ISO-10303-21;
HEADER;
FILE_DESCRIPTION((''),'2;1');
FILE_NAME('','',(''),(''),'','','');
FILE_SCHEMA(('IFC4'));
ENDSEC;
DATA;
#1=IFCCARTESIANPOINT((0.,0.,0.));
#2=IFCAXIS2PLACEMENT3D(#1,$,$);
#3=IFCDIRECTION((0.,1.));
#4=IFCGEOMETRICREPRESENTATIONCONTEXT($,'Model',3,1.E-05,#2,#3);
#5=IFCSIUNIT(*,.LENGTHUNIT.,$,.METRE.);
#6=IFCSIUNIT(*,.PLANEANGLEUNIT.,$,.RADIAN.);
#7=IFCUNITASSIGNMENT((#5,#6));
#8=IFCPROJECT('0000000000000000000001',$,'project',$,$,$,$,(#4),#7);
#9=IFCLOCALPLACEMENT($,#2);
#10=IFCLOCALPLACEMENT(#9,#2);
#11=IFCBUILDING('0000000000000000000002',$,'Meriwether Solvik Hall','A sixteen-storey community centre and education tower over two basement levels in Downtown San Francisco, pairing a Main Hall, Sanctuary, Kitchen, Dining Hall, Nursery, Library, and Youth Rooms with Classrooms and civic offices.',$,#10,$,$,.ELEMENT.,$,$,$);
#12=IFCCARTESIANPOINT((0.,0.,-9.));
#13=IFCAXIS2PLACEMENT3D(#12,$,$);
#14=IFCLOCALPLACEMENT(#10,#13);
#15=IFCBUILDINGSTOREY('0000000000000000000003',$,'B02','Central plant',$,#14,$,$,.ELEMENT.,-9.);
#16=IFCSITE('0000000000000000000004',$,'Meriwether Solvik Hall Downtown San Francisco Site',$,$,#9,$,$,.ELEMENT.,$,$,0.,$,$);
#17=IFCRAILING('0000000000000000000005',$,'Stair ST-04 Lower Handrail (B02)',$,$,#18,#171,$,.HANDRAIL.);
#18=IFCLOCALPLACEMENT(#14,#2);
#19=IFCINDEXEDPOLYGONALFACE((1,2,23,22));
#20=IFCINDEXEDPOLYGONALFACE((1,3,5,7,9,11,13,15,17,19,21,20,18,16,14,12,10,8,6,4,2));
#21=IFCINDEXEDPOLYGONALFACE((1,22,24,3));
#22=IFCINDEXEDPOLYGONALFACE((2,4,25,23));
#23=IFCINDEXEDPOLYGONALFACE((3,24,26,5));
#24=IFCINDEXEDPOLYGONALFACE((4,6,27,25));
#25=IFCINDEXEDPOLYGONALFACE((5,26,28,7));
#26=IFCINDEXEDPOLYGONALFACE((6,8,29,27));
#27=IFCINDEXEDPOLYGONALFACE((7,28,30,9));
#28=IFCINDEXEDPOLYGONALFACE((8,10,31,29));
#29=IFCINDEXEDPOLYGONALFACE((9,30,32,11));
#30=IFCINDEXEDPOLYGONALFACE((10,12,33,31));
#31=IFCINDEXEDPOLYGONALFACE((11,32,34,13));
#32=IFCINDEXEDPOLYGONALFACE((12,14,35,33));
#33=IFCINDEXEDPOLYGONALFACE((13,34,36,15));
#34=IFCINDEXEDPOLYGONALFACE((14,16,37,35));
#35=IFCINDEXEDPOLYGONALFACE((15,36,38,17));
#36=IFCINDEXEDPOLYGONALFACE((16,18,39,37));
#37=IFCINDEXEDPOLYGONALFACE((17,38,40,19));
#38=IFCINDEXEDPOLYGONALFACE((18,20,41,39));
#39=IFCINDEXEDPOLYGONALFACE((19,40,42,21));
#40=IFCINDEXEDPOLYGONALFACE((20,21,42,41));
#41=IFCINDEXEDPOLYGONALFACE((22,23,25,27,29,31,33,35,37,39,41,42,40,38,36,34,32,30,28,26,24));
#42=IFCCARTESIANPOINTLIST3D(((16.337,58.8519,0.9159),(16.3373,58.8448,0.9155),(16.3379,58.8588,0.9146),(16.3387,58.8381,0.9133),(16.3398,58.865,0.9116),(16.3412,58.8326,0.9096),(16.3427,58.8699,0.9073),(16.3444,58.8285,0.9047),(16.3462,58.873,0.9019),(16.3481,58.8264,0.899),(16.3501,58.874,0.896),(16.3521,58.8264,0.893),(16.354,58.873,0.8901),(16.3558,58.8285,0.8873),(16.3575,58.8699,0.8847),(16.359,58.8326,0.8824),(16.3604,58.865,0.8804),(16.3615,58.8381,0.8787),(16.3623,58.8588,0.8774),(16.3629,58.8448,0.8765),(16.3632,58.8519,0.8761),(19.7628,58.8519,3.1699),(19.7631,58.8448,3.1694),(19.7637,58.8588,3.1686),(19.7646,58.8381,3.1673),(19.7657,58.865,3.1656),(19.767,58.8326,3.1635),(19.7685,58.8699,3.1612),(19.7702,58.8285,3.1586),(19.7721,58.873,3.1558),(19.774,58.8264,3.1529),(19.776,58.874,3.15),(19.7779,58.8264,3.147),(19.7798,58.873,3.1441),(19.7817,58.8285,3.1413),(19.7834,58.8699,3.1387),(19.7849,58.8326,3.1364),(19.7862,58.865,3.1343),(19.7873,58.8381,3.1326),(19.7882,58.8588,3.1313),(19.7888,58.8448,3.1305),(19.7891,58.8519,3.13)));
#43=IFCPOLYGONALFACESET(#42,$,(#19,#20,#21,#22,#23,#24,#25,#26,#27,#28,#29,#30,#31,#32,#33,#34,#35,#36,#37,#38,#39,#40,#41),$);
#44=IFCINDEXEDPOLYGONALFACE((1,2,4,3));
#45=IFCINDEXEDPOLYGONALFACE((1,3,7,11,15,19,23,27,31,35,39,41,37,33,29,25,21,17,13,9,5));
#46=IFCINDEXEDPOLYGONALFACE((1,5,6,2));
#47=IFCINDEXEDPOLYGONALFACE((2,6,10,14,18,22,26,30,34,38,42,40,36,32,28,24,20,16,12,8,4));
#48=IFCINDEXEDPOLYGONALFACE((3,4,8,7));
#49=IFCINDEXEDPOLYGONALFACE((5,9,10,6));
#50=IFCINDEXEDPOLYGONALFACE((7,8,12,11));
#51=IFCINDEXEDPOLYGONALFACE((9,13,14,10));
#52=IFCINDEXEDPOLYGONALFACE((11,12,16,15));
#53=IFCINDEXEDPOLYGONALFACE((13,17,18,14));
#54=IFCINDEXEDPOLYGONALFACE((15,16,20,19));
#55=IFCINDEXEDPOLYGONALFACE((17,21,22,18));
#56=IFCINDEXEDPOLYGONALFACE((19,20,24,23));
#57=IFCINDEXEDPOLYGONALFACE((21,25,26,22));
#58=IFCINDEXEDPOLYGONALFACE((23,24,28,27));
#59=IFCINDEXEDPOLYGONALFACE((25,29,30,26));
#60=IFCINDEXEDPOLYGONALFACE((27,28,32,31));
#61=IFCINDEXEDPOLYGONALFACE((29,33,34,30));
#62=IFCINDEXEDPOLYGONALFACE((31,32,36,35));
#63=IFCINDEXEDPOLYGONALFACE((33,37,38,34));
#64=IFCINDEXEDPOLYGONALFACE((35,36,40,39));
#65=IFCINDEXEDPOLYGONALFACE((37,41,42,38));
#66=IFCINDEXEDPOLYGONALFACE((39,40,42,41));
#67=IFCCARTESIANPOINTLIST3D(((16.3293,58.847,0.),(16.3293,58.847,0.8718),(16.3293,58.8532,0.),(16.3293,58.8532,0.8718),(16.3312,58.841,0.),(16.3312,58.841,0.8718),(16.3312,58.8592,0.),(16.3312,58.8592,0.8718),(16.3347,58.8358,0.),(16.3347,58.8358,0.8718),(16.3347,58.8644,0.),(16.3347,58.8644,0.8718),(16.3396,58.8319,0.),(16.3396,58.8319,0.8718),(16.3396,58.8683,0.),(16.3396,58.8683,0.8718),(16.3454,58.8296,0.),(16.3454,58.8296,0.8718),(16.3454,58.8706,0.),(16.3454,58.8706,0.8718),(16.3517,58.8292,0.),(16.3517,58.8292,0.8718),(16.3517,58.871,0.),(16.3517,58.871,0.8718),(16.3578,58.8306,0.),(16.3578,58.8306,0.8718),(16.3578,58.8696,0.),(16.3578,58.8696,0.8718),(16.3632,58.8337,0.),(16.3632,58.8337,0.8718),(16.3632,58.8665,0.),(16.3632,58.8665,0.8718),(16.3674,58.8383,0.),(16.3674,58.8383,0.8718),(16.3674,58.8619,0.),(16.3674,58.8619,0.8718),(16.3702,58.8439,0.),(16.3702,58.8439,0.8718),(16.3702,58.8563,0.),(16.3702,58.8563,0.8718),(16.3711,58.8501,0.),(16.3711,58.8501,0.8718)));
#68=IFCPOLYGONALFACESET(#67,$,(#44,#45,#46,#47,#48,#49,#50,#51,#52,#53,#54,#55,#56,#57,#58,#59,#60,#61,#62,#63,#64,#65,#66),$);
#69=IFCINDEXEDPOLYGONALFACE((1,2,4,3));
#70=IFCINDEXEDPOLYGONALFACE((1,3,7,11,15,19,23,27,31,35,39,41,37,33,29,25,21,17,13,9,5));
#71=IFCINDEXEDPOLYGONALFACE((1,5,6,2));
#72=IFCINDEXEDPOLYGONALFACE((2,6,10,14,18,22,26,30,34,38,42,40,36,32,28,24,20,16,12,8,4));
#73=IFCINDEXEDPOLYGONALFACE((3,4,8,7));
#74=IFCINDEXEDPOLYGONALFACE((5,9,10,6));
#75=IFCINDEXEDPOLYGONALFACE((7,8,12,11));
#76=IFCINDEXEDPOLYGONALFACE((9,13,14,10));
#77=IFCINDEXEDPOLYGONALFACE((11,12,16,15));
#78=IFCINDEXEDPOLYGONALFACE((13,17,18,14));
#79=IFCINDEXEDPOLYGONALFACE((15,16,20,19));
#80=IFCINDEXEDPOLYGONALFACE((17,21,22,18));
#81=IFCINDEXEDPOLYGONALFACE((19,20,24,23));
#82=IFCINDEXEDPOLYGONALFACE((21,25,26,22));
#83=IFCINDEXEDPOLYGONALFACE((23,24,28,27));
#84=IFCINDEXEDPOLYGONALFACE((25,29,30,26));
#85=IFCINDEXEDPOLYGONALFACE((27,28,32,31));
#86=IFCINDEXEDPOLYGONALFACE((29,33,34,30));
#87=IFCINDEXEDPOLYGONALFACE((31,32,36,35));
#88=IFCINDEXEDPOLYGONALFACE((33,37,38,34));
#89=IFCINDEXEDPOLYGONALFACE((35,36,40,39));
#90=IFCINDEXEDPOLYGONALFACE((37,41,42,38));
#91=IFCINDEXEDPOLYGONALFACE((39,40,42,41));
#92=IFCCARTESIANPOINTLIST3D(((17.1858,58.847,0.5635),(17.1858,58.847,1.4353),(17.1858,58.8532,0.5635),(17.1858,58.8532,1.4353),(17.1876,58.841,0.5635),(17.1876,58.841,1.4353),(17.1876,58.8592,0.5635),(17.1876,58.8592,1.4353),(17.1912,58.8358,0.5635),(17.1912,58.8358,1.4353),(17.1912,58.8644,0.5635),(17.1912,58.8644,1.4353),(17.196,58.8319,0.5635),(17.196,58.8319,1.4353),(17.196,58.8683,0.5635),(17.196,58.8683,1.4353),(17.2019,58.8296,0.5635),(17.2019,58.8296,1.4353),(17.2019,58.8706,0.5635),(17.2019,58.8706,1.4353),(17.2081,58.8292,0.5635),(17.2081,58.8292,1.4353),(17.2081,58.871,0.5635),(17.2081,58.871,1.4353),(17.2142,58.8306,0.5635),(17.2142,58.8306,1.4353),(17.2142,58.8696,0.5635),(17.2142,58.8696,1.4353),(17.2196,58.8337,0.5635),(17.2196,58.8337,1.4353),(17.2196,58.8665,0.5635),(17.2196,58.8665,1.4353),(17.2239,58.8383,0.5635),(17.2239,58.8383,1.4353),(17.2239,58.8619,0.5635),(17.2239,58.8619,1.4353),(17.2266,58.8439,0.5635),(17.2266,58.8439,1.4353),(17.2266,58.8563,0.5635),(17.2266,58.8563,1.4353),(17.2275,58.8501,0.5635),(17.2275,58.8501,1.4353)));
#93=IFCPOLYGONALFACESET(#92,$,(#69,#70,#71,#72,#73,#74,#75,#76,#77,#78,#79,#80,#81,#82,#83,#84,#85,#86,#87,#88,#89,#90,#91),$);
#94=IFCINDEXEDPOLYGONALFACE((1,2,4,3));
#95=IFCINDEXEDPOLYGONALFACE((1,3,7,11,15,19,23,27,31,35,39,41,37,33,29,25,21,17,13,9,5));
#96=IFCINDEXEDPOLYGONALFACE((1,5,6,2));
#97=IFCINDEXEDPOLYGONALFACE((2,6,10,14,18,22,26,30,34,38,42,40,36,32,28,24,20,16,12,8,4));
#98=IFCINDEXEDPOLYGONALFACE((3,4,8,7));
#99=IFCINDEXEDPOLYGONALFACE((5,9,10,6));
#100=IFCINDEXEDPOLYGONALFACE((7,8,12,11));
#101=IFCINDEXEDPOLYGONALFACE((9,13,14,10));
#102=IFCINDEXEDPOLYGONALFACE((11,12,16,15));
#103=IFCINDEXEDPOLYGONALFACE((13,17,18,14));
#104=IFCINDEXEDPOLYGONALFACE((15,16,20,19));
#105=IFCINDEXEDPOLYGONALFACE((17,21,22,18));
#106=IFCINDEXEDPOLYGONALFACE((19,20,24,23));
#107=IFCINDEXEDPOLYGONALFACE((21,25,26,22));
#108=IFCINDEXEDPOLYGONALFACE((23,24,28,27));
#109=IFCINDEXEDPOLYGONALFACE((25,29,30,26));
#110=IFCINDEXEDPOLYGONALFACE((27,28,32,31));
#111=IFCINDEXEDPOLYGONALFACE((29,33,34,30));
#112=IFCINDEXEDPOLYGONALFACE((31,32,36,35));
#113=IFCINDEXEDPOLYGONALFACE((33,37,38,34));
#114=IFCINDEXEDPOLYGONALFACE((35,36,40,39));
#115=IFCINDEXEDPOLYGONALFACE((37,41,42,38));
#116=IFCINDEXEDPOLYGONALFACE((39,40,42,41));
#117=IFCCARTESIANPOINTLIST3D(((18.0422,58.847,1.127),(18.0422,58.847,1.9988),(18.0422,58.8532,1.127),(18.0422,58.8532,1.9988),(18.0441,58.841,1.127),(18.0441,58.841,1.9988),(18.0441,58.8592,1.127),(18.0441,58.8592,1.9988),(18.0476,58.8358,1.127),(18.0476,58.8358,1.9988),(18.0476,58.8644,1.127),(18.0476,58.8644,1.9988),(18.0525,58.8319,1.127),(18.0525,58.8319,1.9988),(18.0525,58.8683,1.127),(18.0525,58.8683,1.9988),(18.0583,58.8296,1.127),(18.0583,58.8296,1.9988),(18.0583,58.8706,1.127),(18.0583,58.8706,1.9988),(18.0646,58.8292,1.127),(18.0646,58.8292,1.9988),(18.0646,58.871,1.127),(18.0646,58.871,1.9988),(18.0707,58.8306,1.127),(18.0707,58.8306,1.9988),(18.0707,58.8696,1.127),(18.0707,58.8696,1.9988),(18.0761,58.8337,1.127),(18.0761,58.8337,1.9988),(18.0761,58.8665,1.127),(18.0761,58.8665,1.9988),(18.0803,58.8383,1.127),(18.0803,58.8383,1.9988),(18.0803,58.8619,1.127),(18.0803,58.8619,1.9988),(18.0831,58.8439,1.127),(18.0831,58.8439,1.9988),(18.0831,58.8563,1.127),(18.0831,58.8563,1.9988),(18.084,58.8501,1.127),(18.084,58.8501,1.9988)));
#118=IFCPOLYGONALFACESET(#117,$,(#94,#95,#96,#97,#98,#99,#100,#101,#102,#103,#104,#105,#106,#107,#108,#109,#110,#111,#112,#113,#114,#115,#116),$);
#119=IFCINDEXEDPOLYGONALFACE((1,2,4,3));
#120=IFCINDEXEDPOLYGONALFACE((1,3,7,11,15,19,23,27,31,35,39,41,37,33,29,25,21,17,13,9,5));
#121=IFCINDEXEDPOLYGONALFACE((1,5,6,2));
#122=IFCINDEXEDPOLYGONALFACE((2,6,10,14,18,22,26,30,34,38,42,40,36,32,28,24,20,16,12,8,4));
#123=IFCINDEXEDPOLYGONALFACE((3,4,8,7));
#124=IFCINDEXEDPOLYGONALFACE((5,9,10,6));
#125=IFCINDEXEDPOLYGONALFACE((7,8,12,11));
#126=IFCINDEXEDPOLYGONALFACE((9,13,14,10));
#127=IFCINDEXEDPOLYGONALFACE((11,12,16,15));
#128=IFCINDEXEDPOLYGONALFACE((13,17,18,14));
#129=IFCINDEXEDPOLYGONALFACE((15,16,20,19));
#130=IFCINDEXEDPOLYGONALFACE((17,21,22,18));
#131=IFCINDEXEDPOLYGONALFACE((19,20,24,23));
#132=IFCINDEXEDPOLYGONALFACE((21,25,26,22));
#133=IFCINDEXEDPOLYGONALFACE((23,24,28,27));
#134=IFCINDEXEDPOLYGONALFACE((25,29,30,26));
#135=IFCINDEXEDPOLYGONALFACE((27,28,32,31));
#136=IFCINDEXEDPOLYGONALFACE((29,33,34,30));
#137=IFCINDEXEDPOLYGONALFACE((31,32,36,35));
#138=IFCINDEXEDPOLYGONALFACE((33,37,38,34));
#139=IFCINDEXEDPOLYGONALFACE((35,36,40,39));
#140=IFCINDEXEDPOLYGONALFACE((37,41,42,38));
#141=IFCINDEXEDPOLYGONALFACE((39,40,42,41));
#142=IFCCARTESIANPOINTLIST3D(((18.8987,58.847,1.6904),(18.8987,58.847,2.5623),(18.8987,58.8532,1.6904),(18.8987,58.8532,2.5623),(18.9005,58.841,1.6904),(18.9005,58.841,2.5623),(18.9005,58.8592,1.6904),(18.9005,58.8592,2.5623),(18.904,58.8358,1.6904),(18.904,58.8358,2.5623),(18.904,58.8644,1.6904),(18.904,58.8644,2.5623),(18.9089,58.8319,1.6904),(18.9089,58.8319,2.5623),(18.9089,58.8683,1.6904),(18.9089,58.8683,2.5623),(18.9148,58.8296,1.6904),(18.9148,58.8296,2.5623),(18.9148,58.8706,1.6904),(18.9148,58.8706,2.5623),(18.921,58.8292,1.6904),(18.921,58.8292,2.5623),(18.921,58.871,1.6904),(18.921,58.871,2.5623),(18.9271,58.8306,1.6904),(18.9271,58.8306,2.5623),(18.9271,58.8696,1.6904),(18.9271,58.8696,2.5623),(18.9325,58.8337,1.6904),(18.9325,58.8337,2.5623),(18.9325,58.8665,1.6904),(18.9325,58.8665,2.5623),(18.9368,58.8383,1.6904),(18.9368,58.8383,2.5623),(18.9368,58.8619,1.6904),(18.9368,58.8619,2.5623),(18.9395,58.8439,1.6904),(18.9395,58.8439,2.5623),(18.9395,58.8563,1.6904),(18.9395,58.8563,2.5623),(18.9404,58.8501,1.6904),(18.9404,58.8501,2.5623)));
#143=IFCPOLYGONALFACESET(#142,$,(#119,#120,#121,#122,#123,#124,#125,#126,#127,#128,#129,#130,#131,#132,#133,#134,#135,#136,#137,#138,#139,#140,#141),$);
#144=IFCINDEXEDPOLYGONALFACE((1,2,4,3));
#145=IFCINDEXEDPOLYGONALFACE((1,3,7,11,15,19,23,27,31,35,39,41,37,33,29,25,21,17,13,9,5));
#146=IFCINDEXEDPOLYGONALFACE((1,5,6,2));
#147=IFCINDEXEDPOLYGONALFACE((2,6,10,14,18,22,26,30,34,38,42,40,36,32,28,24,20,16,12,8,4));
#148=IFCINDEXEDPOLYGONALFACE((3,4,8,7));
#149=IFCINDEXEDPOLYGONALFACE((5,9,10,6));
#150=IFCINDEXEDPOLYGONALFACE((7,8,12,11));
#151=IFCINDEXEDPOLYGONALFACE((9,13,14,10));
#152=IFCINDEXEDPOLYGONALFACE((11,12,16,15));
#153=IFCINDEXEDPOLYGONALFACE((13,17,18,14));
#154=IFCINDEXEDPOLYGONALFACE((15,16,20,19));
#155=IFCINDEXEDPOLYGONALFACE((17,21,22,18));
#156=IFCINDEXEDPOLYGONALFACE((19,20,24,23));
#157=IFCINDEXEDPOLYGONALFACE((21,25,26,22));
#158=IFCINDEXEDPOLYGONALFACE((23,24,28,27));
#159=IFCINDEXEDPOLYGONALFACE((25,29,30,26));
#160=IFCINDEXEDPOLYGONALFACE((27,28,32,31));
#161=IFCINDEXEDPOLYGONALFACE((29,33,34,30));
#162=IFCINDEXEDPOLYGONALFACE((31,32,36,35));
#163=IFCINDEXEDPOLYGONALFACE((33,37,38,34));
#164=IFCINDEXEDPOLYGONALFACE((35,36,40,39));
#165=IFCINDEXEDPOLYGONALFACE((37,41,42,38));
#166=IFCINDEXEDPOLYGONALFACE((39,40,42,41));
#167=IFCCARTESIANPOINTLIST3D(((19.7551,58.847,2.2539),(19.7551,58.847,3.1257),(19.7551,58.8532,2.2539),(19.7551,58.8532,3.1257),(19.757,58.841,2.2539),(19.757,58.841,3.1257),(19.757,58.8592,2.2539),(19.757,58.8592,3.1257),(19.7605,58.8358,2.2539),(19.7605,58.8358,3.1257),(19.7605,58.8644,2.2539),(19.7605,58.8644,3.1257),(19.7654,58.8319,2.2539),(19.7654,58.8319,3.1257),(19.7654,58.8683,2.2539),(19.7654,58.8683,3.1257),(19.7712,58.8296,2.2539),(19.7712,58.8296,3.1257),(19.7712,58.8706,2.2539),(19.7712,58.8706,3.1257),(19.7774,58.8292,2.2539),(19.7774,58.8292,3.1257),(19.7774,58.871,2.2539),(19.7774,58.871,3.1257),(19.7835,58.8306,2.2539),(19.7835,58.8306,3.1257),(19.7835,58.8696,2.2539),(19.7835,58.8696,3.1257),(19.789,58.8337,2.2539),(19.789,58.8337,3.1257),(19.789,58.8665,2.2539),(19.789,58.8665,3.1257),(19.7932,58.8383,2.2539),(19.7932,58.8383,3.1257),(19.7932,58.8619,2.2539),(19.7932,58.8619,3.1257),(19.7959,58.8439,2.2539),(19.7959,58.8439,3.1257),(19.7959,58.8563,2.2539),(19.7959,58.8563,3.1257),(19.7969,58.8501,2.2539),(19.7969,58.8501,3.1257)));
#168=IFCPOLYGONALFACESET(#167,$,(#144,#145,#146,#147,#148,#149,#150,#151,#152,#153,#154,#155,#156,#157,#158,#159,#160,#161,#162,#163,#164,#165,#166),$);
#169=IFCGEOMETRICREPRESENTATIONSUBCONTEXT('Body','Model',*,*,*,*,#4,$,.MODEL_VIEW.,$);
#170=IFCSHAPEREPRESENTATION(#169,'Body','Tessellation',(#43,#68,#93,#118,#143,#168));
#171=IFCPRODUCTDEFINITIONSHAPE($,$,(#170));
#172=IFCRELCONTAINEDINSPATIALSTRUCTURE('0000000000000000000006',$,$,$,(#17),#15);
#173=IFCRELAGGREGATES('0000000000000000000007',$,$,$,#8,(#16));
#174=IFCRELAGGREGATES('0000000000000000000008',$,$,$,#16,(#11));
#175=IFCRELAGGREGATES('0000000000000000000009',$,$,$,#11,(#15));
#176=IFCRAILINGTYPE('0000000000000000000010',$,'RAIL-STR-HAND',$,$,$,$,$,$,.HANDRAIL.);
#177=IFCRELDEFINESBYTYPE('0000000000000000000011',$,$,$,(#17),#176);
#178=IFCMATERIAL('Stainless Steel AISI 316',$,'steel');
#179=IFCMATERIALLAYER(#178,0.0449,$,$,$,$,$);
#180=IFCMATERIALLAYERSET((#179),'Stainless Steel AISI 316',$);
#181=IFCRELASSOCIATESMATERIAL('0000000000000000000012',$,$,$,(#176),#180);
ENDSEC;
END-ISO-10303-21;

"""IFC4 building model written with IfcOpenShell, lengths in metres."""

from ifc_helpers import new_model, si_unit, direction, frame, origin, origin_2d, place, context, subcontext, project, spatial, circle, extrude, material, layer, layer_set, type_object, element, save


model = new_model("IFC4")

# Units and contexts
model_context = context("Model", 3, precision=1e-05, world=origin(), true_north=direction((0.0, 1.0)))
body_context = subcontext(model_context, "Body", "Model", "MODEL_VIEW")
ifc_project = project(units=[si_unit("LENGTHUNIT", "METRE"), si_unit("PLANEANGLEUNIT", "RADIAN")], contexts=[model_context])

# Site, building, storey
site_placement = place(None, origin())
site = spatial("IfcSite", under=ifc_project, at=site_placement, Name="Meriwether Solvik Hall Downtown San Francisco Site", CompositionType="ELEMENT", RefElevation=0.0)
building_placement = place(site_placement, origin())
building = spatial("IfcBuilding", under=site, at=building_placement, Name="Meriwether Solvik Hall", Description="A sixteen-storey community centre and education tower over two basement levels in Downtown San Francisco, pairing a Main Hall, Sanctuary, Kitchen, Dining Hall, Nursery, Library, and Youth Rooms with Classrooms and civic offices.", CompositionType="ELEMENT")
storey_placement = place(building_placement, frame((0.0, 0.0, -9.0)))
storey = spatial("IfcBuildingStorey", under=building, at=storey_placement, Name="B02", Description="Central plant", CompositionType="ELEMENT", Elevation=-9.0)

# Railing
ifc_material_1 = material(Name="Stainless Steel AISI 316", Category="steel")
ifc_layer_1 = layer(ifc_material_1, 0.0449)
ifc_layer_set_1 = layer_set([ifc_layer_1], Name="Stainless Steel AISI 316")
railing_type = type_object("IfcRailingType", Name="RAIL-STR-HAND", PredefinedType="HANDRAIL", material=ifc_layer_set_1)
railing_placement = place(storey_placement, frame((16.3501, 58.8501, 0.0)))
element("IfcRailing", 1, at=railing_placement, inside=storey, type_object=railing_type, Name="Stair ST-04 Lower Handrail (B02)", PredefinedType="HANDRAIL", context=body_context, shape_type="SweptSolid", body=[
    extrude(circle(Radius=0.0239, at=origin_2d()), frame((0.0, 0.0, 0.896), z_axis=(0.835406, 0.0, 0.549634), x_axis=(0.0, 1.0, 0.0)), (0.0, 0.0, 1.0), 4.1008),
    extrude(circle(Radius=0.021, at=origin_2d()), origin(), (0.0, 0.0, 1.0), 0.8718),
    extrude(circle(Radius=0.021, at=origin_2d()), frame((0.8564, 0.0, 0.5635)), (0.0, 0.0, 1.0), 0.8718),
    extrude(circle(Radius=0.021, at=origin_2d()), frame((1.7129, 0.0, 1.127)), (0.0, 0.0, 1.0), 0.8718),
    extrude(circle(Radius=0.021, at=origin_2d()), frame((2.5693, 0.0, 1.6904)), (0.0, 0.0, 1.0), 0.8718),
    extrude(circle(Radius=0.021, at=origin_2d()), frame((3.4258, 0.0, 2.2539)), (0.0, 0.0, 1.0), 0.8718),
])

save(model, "model.ifc")
